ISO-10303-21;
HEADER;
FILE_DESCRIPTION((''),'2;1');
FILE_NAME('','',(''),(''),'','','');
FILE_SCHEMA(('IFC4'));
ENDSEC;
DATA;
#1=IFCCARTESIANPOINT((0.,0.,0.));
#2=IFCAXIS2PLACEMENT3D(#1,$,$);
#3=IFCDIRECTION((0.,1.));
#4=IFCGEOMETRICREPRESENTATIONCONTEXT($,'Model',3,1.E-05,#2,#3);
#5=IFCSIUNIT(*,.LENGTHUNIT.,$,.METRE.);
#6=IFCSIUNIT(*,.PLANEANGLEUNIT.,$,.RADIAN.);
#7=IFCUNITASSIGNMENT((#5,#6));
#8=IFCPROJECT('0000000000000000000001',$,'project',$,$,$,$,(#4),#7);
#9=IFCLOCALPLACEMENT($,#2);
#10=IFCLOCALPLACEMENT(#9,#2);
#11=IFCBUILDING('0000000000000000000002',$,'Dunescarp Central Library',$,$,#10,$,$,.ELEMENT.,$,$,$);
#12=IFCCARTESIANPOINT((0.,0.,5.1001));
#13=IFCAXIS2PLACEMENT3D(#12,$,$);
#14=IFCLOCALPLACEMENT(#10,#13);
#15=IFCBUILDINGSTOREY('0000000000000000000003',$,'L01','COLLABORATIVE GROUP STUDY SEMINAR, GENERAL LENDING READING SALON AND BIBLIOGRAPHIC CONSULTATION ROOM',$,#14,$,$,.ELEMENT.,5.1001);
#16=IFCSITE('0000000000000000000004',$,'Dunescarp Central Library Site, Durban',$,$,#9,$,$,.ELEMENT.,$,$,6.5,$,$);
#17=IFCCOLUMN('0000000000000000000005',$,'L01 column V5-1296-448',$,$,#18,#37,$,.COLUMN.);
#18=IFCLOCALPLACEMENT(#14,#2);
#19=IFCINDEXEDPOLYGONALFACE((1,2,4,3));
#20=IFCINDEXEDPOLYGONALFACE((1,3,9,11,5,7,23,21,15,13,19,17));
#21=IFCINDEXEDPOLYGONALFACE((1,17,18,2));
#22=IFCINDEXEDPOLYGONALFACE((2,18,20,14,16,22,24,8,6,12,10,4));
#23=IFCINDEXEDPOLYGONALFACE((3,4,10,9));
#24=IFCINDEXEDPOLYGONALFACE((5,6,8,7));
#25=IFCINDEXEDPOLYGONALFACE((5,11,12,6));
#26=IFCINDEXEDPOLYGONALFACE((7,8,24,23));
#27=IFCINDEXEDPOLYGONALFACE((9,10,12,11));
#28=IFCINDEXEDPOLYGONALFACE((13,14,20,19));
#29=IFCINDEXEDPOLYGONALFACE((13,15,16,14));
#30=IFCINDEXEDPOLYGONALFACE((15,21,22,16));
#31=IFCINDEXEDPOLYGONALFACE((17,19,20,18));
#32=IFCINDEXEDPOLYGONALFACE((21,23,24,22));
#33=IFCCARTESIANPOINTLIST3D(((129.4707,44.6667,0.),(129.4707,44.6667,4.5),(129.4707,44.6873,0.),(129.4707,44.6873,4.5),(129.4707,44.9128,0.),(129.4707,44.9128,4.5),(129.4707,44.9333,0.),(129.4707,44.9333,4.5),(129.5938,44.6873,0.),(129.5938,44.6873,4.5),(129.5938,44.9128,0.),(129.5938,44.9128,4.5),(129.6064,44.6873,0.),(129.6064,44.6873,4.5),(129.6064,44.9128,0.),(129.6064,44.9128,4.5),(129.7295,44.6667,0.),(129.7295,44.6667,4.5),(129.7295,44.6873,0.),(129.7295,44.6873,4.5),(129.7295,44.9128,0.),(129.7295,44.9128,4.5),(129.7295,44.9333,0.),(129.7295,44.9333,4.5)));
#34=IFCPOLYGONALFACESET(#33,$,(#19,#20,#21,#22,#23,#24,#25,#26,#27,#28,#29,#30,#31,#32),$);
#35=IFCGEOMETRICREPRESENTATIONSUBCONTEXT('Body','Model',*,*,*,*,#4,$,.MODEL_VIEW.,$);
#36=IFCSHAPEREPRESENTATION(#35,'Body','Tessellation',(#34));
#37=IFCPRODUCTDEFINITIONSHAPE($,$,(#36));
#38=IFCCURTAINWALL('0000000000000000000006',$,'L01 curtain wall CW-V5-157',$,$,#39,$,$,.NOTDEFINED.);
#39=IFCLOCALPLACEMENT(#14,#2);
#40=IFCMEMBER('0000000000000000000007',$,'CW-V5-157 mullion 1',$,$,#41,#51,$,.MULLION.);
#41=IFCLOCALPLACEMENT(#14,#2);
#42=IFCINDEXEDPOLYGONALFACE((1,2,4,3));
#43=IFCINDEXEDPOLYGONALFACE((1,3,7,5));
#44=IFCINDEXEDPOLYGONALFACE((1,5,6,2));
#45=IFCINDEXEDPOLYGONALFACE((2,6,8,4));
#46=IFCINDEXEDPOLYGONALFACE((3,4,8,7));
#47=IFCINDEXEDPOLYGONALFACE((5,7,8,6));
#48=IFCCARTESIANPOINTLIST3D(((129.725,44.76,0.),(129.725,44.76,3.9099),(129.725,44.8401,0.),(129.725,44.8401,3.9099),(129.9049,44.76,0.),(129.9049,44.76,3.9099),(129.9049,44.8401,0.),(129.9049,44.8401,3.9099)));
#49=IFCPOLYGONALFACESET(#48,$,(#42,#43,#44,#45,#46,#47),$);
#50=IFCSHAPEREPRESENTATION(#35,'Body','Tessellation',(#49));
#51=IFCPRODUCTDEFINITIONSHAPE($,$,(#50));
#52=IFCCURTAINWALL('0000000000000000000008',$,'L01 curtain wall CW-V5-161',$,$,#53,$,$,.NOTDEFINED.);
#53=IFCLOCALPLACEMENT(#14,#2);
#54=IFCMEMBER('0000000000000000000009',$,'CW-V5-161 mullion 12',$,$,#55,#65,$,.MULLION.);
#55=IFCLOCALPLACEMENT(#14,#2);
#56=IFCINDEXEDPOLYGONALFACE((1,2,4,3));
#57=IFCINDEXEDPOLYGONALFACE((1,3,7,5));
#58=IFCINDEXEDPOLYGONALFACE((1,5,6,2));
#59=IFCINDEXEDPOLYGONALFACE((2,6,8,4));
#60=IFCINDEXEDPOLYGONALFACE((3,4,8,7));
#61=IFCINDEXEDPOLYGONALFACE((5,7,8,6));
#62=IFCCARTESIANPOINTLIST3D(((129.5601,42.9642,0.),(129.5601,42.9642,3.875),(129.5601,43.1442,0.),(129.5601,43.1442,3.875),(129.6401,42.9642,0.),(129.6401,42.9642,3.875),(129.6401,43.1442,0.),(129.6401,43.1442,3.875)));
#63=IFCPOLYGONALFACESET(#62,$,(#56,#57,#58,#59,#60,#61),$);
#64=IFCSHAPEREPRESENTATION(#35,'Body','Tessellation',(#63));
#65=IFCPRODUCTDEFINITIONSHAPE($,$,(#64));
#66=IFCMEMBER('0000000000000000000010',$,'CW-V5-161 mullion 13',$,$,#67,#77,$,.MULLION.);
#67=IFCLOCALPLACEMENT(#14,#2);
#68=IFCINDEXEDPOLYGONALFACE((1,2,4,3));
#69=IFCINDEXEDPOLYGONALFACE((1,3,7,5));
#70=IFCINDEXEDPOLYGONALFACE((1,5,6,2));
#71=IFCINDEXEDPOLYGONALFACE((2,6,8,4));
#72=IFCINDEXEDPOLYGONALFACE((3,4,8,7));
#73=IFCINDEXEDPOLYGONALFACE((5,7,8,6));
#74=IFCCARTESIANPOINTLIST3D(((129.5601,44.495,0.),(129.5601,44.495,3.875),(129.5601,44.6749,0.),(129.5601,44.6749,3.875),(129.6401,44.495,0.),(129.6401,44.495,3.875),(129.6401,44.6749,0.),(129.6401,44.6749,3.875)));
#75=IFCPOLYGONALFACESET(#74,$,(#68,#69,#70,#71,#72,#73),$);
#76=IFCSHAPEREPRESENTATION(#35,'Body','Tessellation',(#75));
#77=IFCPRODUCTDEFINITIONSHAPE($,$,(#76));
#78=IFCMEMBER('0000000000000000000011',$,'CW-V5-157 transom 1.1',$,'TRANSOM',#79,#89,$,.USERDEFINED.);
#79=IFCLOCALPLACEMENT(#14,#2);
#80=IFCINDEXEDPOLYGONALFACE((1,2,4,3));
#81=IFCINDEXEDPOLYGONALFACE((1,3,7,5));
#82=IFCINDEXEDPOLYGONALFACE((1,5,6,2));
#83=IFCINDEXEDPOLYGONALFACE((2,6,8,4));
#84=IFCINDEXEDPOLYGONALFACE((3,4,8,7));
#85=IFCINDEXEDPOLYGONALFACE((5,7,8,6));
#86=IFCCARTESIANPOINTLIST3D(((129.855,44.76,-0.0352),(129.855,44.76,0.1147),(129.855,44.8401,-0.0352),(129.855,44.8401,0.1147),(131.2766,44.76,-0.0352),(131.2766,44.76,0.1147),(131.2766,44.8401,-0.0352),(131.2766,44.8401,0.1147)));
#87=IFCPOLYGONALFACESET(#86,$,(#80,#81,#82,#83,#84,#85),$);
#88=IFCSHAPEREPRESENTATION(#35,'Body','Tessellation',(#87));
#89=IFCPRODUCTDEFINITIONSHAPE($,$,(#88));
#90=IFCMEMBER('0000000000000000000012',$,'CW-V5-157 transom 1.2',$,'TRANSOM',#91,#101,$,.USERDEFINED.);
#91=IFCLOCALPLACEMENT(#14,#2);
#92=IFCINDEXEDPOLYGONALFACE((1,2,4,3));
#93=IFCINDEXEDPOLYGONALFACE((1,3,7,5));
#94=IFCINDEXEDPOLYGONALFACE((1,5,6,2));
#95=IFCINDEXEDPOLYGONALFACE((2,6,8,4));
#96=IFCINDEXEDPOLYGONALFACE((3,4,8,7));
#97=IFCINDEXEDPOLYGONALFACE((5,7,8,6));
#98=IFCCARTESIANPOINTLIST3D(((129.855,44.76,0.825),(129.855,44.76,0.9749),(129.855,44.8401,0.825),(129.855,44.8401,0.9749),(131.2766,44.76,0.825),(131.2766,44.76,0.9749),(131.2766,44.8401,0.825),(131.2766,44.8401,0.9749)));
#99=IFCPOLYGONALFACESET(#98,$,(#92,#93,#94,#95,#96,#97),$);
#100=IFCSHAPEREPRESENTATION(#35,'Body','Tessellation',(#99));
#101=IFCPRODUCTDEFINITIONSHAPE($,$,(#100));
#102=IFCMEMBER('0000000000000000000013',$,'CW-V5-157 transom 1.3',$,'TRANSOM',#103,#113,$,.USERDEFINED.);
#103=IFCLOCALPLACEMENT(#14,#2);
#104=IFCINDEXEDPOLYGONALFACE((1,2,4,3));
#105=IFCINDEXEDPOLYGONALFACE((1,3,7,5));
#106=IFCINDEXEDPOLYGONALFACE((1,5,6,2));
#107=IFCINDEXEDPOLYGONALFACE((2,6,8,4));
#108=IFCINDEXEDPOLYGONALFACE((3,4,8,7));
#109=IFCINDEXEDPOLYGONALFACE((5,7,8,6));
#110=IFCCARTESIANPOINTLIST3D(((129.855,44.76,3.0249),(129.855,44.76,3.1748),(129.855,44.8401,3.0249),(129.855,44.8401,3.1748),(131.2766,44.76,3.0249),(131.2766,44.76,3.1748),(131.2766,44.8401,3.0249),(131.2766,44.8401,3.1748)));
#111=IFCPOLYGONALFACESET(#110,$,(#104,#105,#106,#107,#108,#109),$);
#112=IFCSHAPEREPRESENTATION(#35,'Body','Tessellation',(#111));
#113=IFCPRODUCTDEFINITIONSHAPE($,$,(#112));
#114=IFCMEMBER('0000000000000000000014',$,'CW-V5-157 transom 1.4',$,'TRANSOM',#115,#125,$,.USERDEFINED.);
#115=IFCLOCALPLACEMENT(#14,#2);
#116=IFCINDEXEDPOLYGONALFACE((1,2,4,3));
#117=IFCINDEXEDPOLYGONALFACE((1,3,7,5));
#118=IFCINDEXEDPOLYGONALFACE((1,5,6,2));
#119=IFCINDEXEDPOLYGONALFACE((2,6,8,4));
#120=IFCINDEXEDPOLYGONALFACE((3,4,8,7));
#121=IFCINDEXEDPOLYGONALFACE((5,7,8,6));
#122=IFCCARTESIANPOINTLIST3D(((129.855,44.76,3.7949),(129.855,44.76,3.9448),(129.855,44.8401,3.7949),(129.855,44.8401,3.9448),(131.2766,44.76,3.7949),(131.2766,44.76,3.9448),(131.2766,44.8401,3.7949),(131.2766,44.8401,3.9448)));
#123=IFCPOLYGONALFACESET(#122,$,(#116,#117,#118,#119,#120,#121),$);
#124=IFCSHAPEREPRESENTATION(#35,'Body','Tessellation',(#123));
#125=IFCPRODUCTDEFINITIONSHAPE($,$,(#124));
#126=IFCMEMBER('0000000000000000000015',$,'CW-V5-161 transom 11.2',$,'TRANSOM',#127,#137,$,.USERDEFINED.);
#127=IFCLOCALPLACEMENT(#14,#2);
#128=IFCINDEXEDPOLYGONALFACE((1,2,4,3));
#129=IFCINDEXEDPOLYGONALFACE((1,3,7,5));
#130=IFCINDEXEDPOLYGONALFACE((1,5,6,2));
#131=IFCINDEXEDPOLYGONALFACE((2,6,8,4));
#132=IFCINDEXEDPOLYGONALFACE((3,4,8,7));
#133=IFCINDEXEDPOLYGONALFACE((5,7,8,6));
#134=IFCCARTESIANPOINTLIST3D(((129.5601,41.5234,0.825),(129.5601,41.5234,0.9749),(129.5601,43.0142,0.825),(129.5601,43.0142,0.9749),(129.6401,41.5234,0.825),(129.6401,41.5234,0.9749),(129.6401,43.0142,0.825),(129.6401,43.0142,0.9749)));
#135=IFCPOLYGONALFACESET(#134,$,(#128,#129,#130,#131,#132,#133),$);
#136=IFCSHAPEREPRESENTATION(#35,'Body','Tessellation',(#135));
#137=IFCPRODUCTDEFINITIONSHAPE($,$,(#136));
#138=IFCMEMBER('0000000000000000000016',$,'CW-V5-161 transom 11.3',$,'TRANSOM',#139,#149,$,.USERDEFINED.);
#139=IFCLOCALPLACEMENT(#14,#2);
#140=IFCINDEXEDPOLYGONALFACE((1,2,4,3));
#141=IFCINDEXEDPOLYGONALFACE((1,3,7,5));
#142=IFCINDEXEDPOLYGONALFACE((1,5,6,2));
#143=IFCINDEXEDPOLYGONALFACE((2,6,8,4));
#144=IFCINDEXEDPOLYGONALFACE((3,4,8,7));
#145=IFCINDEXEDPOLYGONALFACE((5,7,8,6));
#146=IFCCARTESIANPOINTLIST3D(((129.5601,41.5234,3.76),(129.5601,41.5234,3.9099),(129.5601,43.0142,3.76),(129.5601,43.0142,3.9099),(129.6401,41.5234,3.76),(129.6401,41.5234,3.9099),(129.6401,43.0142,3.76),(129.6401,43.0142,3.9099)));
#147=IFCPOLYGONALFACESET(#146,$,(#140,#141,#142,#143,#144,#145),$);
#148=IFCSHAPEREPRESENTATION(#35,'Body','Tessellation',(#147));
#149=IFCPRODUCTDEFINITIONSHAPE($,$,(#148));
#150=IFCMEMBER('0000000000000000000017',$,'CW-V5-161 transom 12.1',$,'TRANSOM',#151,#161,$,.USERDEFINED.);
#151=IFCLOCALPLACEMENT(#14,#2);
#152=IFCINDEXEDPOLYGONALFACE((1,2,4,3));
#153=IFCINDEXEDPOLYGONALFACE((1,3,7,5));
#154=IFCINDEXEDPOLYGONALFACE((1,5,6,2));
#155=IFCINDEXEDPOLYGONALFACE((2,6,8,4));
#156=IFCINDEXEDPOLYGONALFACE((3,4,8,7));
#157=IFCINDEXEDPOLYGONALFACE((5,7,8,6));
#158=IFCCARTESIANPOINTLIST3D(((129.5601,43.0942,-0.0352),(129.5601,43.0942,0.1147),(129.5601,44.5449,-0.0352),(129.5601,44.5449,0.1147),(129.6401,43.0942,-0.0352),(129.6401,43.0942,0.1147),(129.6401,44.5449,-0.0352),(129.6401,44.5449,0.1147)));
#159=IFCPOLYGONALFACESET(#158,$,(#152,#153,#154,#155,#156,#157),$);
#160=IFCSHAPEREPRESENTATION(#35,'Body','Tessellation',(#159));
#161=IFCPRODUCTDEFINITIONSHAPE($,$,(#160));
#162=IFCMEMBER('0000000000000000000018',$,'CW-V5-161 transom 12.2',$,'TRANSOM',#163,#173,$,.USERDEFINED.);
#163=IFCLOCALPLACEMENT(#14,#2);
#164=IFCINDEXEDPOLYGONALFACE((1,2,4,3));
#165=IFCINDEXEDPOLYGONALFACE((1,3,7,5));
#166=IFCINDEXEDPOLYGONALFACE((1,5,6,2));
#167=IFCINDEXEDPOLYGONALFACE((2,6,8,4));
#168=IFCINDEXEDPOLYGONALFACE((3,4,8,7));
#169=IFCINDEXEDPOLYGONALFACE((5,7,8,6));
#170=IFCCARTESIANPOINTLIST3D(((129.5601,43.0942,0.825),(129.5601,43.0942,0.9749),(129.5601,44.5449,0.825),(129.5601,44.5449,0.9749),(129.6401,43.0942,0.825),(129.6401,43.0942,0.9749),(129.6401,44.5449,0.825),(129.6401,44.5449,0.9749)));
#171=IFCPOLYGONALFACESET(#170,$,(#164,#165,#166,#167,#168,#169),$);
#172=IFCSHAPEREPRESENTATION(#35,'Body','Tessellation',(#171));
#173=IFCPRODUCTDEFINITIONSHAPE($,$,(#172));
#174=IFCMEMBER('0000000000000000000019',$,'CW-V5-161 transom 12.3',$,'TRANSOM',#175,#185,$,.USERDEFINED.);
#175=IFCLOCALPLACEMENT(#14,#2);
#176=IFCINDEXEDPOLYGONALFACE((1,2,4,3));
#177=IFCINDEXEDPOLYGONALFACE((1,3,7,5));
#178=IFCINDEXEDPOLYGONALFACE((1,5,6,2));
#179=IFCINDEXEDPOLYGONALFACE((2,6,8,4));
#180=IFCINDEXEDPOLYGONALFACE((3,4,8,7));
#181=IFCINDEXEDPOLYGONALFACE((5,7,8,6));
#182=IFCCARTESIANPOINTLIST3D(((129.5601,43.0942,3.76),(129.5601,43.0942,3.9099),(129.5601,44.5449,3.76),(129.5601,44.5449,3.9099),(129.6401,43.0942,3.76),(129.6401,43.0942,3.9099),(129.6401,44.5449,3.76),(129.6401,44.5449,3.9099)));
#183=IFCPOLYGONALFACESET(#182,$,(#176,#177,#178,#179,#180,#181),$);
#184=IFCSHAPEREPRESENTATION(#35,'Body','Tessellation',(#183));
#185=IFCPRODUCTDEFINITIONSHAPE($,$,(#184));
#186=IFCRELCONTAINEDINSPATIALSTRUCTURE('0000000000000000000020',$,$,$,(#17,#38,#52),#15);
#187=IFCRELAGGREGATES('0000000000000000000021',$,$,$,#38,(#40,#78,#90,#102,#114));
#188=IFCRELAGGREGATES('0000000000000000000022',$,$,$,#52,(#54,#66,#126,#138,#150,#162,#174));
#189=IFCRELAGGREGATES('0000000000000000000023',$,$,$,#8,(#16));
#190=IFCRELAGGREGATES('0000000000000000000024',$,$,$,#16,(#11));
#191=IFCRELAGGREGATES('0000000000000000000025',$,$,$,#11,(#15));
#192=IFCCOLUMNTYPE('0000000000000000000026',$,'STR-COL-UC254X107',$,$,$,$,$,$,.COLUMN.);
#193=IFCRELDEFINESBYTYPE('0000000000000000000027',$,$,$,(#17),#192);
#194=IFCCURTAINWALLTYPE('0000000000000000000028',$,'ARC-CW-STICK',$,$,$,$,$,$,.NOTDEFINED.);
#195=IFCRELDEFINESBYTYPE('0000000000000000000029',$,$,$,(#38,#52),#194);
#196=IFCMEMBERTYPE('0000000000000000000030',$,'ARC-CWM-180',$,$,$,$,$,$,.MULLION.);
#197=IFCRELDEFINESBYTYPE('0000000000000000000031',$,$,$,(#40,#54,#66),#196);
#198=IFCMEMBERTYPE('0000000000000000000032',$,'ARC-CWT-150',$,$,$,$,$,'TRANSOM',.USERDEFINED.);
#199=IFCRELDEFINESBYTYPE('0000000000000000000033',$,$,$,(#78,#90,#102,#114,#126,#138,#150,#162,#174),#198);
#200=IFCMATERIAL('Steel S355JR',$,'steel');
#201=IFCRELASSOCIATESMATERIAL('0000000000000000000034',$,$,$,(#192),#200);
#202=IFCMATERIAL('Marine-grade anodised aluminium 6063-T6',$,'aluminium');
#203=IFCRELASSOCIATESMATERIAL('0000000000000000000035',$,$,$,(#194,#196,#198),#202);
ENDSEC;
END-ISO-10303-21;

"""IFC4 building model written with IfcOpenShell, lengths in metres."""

from ifc_helpers import new_model, si_unit, direction, frame, origin, origin_2d, place, context, subcontext, project, spatial, rectangle, i_section, extrude, material, material_profile, profile_set, type_object, element, aggregate, save


model = new_model("IFC4")

# Units and contexts
model_context = context("Model", 3, precision=1e-05, world=origin(), true_north=direction((0.0, 1.0)))
body_context = subcontext(model_context, "Body", "Model", "MODEL_VIEW")
ifc_project = project(units=[si_unit("LENGTHUNIT", "METRE"), si_unit("PLANEANGLEUNIT", "RADIAN")], contexts=[model_context])

# Site, building, storey
site_placement = place(None, origin())
site = spatial("IfcSite", under=ifc_project, at=site_placement, Name="Dunescarp Central Library Site, Durban", CompositionType="ELEMENT", RefElevation=6.5)
building_placement = place(site_placement, origin())
building = spatial("IfcBuilding", under=site, at=building_placement, Name="Dunescarp Central Library", CompositionType="ELEMENT")
storey_placement = place(building_placement, frame((0.0, 0.0, 5.1001)))
storey = spatial("IfcBuildingStorey", under=building, at=storey_placement, Name="L01", Description="COLLABORATIVE GROUP STUDY SEMINAR, GENERAL LENDING READING SALON AND BIBLIOGRAPHIC CONSULTATION ROOM", CompositionType="ELEMENT", Elevation=5.1001)

# Column
ifc_material_1 = material(Name="Steel S355JR", Category="steel")
ifc_material_profile_1 = material_profile(ifc_material_1, i_section(OverallWidth=0.2588, OverallDepth=0.2666, WebThickness=0.0127, FlangeThickness=0.0205, at=origin_2d()), Name="UC 254x254x107")
ifc_profile_set_1 = profile_set([ifc_material_profile_1], Name="Steel S355JR")
column_type = type_object("IfcColumnType", Name="STR-COL-UC254X107", PredefinedType="COLUMN", material=ifc_profile_set_1)
column_placement = place(storey_placement, frame((129.6001, 44.8, 0.0), z_axis=(0.0, 0.0, 1.0), x_axis=(1.0, 0.0, 0.0)))
element("IfcColumn", 1, at=column_placement, inside=storey, type_object=column_type, Name="L01 column V5-1296-448", PredefinedType="COLUMN", context=body_context, shape_type="SweptSolid", body=[
    extrude(i_section(OverallWidth=0.2588, OverallDepth=0.2666, WebThickness=0.0127, FlangeThickness=0.0205, at=origin_2d()), origin(), (0.0, 0.0, 1.0), 4.5),
])

# Curtain wall, member
ifc_material_2 = material(Name="Marine-grade anodised aluminium 6063-T6", Category="aluminium")
curtain_wall_type = type_object("IfcCurtainWallType", Name="ARC-CW-STICK", PredefinedType="NOTDEFINED", material=ifc_material_2)
curtain_wall_1_placement = place(storey_placement, origin())
curtain_wall_1 = element("IfcCurtainWall", 2, at=curtain_wall_1_placement, inside=storey, type_object=curtain_wall_type, Name="L01 curtain wall CW-V5-157", PredefinedType="NOTDEFINED")
ifc_material_profile_2 = material_profile(ifc_material_2, rectangle(XDim=0.0801, YDim=0.1799, at=origin_2d()), Name="AL 80x180")
ifc_profile_set_2 = profile_set([ifc_material_profile_2], Name="Marine-grade anodised aluminium 6063-T6")
member_type_1 = type_object("IfcMemberType", Name="ARC-CWM-180", PredefinedType="MULLION", material=ifc_profile_set_2)
member_1_placement = place(storey_placement, frame((129.8149, 44.8, 0.0), z_axis=(0.0, 0.0, 1.0), x_axis=(0.0, 1.0, 0.0)))
member_1 = element("IfcMember", 3, at=member_1_placement, type_object=member_type_1, Name="CW-V5-157 mullion 1", PredefinedType="MULLION", context=body_context, shape_type="SweptSolid", body=[
    extrude(rectangle(XDim=0.0801, YDim=0.1799, at=origin_2d()), origin(), (0.0, 0.0, 1.0), 3.9099),
])

# Curtain wall, members
curtain_wall_2_placement = place(storey_placement, origin())
curtain_wall_2 = element("IfcCurtainWall", 4, at=curtain_wall_2_placement, inside=storey, type_object=curtain_wall_type, Name="L01 curtain wall CW-V5-161", PredefinedType="NOTDEFINED")
member_2_placement = place(storey_placement, frame((129.6001, 43.0542, 0.0), z_axis=(0.0, 0.0, 1.0), x_axis=(-1.0, 0.0, 0.0)))
member_2 = element("IfcMember", 5, at=member_2_placement, type_object=member_type_1, Name="CW-V5-161 mullion 12", PredefinedType="MULLION", context=body_context, shape_type="SweptSolid", body=[
    extrude(rectangle(XDim=0.0801, YDim=0.1799, at=origin_2d()), origin(), (0.0, 0.0, 1.0), 3.875),
])
member_3_placement = place(storey_placement, frame((129.6001, 44.585, 0.0), z_axis=(0.0, 0.0, 1.0), x_axis=(-1.0, 0.0, 0.0)))
member_3 = element("IfcMember", 6, at=member_3_placement, type_object=member_type_1, Name="CW-V5-161 mullion 13", PredefinedType="MULLION", context=body_context, shape_type="SweptSolid", body=[
    extrude(rectangle(XDim=0.0801, YDim=0.1799, at=origin_2d()), origin(), (0.0, 0.0, 1.0), 3.875),
])

# Members
ifc_material_profile_3 = material_profile(ifc_material_2, rectangle(XDim=0.0801, YDim=0.1499, at=origin_2d()), Name="AL 80x150")
ifc_profile_set_3 = profile_set([ifc_material_profile_3], Name="Marine-grade anodised aluminium 6063-T6")
member_type_2 = type_object("IfcMemberType", Name="ARC-CWT-150", ElementType="TRANSOM", PredefinedType="USERDEFINED", material=ifc_profile_set_3)
member_4_placement = place(storey_placement, frame((129.855, 44.8, 0.0398), z_axis=(1.0, 0.0, 0.0), x_axis=(0.0, 1.0, 0.0)))
member_4 = element("IfcMember", 7, at=member_4_placement, type_object=member_type_2, Name="CW-V5-157 transom 1.1", ObjectType="TRANSOM", PredefinedType="USERDEFINED", context=body_context, shape_type="SweptSolid", body=[
    extrude(rectangle(XDim=0.0801, YDim=0.1499, at=origin_2d()), origin(), (0.0, 0.0, 1.0), 1.4216),
])
member_5_placement = place(storey_placement, frame((129.855, 44.8, 0.8999), z_axis=(1.0, 0.0, 0.0), x_axis=(0.0, 1.0, 0.0)))
member_5 = element("IfcMember", 8, at=member_5_placement, type_object=member_type_2, Name="CW-V5-157 transom 1.2", ObjectType="TRANSOM", PredefinedType="USERDEFINED", context=body_context, shape_type="SweptSolid", body=[
    extrude(rectangle(XDim=0.0801, YDim=0.1499, at=origin_2d()), origin(), (0.0, 0.0, 1.0), 1.4216),
])
member_6_placement = place(storey_placement, frame((129.855, 44.8, 3.0999), z_axis=(1.0, 0.0, 0.0), x_axis=(0.0, 1.0, 0.0)))
member_6 = element("IfcMember", 9, at=member_6_placement, type_object=member_type_2, Name="CW-V5-157 transom 1.3", ObjectType="TRANSOM", PredefinedType="USERDEFINED", context=body_context, shape_type="SweptSolid", body=[
    extrude(rectangle(XDim=0.0801, YDim=0.1499, at=origin_2d()), origin(), (0.0, 0.0, 1.0), 1.4216),
])
member_7_placement = place(storey_placement, frame((129.855, 44.8, 3.8699), z_axis=(1.0, 0.0, 0.0), x_axis=(0.0, 1.0, 0.0)))
member_7 = element("IfcMember", 10, at=member_7_placement, type_object=member_type_2, Name="CW-V5-157 transom 1.4", ObjectType="TRANSOM", PredefinedType="USERDEFINED", context=body_context, shape_type="SweptSolid", body=[
    extrude(rectangle(XDim=0.0801, YDim=0.1499, at=origin_2d()), origin(), (0.0, 0.0, 1.0), 1.4216),
])
member_8_placement = place(storey_placement, frame((129.6001, 41.5234, 0.8999), z_axis=(0.0, 1.0, 0.0), x_axis=(-1.0, 0.0, 0.0)))
member_8 = element("IfcMember", 11, at=member_8_placement, type_object=member_type_2, Name="CW-V5-161 transom 11.2", ObjectType="TRANSOM", PredefinedType="USERDEFINED", context=body_context, shape_type="SweptSolid", body=[
    extrude(rectangle(XDim=0.0801, YDim=0.1499, at=origin_2d()), origin(), (0.0, 0.0, 1.0), 1.4907),
])
member_9_placement = place(storey_placement, frame((129.6001, 41.5234, 3.835), z_axis=(0.0, 1.0, 0.0), x_axis=(-1.0, 0.0, 0.0)))
member_9 = element("IfcMember", 12, at=member_9_placement, type_object=member_type_2, Name="CW-V5-161 transom 11.3", ObjectType="TRANSOM", PredefinedType="USERDEFINED", context=body_context, shape_type="SweptSolid", body=[
    extrude(rectangle(XDim=0.0801, YDim=0.1499, at=origin_2d()), origin(), (0.0, 0.0, 1.0), 1.4907),
])
member_10_placement = place(storey_placement, frame((129.6001, 43.0942, 0.0398), z_axis=(0.0, 1.0, 0.0), x_axis=(-1.0, 0.0, 0.0)))
member_10 = element("IfcMember", 13, at=member_10_placement, type_object=member_type_2, Name="CW-V5-161 transom 12.1", ObjectType="TRANSOM", PredefinedType="USERDEFINED", context=body_context, shape_type="SweptSolid", body=[
    extrude(rectangle(XDim=0.0801, YDim=0.1499, at=origin_2d()), origin(), (0.0, 0.0, 1.0), 1.4507),
])
member_11_placement = place(storey_placement, frame((129.6001, 43.0942, 0.8999), z_axis=(0.0, 1.0, 0.0), x_axis=(-1.0, 0.0, 0.0)))
member_11 = element("IfcMember", 14, at=member_11_placement, type_object=member_type_2, Name="CW-V5-161 transom 12.2", ObjectType="TRANSOM", PredefinedType="USERDEFINED", context=body_context, shape_type="SweptSolid", body=[
    extrude(rectangle(XDim=0.0801, YDim=0.1499, at=origin_2d()), origin(), (0.0, 0.0, 1.0), 1.4507),
])
member_12_placement = place(storey_placement, frame((129.6001, 43.0942, 3.835), z_axis=(0.0, 1.0, 0.0), x_axis=(-1.0, 0.0, 0.0)))
member_12 = element("IfcMember", 15, at=member_12_placement, type_object=member_type_2, Name="CW-V5-161 transom 12.3", ObjectType="TRANSOM", PredefinedType="USERDEFINED", context=body_context, shape_type="SweptSolid", body=[
    extrude(rectangle(XDim=0.0801, YDim=0.1499, at=origin_2d()), origin(), (0.0, 0.0, 1.0), 1.4507),
])

aggregate(curtain_wall_1, [member_1, member_4, member_5, member_6, member_7])
aggregate(curtain_wall_2, [member_2, member_3, member_8, member_9, member_10, member_11, member_12])

save(model, "model.ifc")
